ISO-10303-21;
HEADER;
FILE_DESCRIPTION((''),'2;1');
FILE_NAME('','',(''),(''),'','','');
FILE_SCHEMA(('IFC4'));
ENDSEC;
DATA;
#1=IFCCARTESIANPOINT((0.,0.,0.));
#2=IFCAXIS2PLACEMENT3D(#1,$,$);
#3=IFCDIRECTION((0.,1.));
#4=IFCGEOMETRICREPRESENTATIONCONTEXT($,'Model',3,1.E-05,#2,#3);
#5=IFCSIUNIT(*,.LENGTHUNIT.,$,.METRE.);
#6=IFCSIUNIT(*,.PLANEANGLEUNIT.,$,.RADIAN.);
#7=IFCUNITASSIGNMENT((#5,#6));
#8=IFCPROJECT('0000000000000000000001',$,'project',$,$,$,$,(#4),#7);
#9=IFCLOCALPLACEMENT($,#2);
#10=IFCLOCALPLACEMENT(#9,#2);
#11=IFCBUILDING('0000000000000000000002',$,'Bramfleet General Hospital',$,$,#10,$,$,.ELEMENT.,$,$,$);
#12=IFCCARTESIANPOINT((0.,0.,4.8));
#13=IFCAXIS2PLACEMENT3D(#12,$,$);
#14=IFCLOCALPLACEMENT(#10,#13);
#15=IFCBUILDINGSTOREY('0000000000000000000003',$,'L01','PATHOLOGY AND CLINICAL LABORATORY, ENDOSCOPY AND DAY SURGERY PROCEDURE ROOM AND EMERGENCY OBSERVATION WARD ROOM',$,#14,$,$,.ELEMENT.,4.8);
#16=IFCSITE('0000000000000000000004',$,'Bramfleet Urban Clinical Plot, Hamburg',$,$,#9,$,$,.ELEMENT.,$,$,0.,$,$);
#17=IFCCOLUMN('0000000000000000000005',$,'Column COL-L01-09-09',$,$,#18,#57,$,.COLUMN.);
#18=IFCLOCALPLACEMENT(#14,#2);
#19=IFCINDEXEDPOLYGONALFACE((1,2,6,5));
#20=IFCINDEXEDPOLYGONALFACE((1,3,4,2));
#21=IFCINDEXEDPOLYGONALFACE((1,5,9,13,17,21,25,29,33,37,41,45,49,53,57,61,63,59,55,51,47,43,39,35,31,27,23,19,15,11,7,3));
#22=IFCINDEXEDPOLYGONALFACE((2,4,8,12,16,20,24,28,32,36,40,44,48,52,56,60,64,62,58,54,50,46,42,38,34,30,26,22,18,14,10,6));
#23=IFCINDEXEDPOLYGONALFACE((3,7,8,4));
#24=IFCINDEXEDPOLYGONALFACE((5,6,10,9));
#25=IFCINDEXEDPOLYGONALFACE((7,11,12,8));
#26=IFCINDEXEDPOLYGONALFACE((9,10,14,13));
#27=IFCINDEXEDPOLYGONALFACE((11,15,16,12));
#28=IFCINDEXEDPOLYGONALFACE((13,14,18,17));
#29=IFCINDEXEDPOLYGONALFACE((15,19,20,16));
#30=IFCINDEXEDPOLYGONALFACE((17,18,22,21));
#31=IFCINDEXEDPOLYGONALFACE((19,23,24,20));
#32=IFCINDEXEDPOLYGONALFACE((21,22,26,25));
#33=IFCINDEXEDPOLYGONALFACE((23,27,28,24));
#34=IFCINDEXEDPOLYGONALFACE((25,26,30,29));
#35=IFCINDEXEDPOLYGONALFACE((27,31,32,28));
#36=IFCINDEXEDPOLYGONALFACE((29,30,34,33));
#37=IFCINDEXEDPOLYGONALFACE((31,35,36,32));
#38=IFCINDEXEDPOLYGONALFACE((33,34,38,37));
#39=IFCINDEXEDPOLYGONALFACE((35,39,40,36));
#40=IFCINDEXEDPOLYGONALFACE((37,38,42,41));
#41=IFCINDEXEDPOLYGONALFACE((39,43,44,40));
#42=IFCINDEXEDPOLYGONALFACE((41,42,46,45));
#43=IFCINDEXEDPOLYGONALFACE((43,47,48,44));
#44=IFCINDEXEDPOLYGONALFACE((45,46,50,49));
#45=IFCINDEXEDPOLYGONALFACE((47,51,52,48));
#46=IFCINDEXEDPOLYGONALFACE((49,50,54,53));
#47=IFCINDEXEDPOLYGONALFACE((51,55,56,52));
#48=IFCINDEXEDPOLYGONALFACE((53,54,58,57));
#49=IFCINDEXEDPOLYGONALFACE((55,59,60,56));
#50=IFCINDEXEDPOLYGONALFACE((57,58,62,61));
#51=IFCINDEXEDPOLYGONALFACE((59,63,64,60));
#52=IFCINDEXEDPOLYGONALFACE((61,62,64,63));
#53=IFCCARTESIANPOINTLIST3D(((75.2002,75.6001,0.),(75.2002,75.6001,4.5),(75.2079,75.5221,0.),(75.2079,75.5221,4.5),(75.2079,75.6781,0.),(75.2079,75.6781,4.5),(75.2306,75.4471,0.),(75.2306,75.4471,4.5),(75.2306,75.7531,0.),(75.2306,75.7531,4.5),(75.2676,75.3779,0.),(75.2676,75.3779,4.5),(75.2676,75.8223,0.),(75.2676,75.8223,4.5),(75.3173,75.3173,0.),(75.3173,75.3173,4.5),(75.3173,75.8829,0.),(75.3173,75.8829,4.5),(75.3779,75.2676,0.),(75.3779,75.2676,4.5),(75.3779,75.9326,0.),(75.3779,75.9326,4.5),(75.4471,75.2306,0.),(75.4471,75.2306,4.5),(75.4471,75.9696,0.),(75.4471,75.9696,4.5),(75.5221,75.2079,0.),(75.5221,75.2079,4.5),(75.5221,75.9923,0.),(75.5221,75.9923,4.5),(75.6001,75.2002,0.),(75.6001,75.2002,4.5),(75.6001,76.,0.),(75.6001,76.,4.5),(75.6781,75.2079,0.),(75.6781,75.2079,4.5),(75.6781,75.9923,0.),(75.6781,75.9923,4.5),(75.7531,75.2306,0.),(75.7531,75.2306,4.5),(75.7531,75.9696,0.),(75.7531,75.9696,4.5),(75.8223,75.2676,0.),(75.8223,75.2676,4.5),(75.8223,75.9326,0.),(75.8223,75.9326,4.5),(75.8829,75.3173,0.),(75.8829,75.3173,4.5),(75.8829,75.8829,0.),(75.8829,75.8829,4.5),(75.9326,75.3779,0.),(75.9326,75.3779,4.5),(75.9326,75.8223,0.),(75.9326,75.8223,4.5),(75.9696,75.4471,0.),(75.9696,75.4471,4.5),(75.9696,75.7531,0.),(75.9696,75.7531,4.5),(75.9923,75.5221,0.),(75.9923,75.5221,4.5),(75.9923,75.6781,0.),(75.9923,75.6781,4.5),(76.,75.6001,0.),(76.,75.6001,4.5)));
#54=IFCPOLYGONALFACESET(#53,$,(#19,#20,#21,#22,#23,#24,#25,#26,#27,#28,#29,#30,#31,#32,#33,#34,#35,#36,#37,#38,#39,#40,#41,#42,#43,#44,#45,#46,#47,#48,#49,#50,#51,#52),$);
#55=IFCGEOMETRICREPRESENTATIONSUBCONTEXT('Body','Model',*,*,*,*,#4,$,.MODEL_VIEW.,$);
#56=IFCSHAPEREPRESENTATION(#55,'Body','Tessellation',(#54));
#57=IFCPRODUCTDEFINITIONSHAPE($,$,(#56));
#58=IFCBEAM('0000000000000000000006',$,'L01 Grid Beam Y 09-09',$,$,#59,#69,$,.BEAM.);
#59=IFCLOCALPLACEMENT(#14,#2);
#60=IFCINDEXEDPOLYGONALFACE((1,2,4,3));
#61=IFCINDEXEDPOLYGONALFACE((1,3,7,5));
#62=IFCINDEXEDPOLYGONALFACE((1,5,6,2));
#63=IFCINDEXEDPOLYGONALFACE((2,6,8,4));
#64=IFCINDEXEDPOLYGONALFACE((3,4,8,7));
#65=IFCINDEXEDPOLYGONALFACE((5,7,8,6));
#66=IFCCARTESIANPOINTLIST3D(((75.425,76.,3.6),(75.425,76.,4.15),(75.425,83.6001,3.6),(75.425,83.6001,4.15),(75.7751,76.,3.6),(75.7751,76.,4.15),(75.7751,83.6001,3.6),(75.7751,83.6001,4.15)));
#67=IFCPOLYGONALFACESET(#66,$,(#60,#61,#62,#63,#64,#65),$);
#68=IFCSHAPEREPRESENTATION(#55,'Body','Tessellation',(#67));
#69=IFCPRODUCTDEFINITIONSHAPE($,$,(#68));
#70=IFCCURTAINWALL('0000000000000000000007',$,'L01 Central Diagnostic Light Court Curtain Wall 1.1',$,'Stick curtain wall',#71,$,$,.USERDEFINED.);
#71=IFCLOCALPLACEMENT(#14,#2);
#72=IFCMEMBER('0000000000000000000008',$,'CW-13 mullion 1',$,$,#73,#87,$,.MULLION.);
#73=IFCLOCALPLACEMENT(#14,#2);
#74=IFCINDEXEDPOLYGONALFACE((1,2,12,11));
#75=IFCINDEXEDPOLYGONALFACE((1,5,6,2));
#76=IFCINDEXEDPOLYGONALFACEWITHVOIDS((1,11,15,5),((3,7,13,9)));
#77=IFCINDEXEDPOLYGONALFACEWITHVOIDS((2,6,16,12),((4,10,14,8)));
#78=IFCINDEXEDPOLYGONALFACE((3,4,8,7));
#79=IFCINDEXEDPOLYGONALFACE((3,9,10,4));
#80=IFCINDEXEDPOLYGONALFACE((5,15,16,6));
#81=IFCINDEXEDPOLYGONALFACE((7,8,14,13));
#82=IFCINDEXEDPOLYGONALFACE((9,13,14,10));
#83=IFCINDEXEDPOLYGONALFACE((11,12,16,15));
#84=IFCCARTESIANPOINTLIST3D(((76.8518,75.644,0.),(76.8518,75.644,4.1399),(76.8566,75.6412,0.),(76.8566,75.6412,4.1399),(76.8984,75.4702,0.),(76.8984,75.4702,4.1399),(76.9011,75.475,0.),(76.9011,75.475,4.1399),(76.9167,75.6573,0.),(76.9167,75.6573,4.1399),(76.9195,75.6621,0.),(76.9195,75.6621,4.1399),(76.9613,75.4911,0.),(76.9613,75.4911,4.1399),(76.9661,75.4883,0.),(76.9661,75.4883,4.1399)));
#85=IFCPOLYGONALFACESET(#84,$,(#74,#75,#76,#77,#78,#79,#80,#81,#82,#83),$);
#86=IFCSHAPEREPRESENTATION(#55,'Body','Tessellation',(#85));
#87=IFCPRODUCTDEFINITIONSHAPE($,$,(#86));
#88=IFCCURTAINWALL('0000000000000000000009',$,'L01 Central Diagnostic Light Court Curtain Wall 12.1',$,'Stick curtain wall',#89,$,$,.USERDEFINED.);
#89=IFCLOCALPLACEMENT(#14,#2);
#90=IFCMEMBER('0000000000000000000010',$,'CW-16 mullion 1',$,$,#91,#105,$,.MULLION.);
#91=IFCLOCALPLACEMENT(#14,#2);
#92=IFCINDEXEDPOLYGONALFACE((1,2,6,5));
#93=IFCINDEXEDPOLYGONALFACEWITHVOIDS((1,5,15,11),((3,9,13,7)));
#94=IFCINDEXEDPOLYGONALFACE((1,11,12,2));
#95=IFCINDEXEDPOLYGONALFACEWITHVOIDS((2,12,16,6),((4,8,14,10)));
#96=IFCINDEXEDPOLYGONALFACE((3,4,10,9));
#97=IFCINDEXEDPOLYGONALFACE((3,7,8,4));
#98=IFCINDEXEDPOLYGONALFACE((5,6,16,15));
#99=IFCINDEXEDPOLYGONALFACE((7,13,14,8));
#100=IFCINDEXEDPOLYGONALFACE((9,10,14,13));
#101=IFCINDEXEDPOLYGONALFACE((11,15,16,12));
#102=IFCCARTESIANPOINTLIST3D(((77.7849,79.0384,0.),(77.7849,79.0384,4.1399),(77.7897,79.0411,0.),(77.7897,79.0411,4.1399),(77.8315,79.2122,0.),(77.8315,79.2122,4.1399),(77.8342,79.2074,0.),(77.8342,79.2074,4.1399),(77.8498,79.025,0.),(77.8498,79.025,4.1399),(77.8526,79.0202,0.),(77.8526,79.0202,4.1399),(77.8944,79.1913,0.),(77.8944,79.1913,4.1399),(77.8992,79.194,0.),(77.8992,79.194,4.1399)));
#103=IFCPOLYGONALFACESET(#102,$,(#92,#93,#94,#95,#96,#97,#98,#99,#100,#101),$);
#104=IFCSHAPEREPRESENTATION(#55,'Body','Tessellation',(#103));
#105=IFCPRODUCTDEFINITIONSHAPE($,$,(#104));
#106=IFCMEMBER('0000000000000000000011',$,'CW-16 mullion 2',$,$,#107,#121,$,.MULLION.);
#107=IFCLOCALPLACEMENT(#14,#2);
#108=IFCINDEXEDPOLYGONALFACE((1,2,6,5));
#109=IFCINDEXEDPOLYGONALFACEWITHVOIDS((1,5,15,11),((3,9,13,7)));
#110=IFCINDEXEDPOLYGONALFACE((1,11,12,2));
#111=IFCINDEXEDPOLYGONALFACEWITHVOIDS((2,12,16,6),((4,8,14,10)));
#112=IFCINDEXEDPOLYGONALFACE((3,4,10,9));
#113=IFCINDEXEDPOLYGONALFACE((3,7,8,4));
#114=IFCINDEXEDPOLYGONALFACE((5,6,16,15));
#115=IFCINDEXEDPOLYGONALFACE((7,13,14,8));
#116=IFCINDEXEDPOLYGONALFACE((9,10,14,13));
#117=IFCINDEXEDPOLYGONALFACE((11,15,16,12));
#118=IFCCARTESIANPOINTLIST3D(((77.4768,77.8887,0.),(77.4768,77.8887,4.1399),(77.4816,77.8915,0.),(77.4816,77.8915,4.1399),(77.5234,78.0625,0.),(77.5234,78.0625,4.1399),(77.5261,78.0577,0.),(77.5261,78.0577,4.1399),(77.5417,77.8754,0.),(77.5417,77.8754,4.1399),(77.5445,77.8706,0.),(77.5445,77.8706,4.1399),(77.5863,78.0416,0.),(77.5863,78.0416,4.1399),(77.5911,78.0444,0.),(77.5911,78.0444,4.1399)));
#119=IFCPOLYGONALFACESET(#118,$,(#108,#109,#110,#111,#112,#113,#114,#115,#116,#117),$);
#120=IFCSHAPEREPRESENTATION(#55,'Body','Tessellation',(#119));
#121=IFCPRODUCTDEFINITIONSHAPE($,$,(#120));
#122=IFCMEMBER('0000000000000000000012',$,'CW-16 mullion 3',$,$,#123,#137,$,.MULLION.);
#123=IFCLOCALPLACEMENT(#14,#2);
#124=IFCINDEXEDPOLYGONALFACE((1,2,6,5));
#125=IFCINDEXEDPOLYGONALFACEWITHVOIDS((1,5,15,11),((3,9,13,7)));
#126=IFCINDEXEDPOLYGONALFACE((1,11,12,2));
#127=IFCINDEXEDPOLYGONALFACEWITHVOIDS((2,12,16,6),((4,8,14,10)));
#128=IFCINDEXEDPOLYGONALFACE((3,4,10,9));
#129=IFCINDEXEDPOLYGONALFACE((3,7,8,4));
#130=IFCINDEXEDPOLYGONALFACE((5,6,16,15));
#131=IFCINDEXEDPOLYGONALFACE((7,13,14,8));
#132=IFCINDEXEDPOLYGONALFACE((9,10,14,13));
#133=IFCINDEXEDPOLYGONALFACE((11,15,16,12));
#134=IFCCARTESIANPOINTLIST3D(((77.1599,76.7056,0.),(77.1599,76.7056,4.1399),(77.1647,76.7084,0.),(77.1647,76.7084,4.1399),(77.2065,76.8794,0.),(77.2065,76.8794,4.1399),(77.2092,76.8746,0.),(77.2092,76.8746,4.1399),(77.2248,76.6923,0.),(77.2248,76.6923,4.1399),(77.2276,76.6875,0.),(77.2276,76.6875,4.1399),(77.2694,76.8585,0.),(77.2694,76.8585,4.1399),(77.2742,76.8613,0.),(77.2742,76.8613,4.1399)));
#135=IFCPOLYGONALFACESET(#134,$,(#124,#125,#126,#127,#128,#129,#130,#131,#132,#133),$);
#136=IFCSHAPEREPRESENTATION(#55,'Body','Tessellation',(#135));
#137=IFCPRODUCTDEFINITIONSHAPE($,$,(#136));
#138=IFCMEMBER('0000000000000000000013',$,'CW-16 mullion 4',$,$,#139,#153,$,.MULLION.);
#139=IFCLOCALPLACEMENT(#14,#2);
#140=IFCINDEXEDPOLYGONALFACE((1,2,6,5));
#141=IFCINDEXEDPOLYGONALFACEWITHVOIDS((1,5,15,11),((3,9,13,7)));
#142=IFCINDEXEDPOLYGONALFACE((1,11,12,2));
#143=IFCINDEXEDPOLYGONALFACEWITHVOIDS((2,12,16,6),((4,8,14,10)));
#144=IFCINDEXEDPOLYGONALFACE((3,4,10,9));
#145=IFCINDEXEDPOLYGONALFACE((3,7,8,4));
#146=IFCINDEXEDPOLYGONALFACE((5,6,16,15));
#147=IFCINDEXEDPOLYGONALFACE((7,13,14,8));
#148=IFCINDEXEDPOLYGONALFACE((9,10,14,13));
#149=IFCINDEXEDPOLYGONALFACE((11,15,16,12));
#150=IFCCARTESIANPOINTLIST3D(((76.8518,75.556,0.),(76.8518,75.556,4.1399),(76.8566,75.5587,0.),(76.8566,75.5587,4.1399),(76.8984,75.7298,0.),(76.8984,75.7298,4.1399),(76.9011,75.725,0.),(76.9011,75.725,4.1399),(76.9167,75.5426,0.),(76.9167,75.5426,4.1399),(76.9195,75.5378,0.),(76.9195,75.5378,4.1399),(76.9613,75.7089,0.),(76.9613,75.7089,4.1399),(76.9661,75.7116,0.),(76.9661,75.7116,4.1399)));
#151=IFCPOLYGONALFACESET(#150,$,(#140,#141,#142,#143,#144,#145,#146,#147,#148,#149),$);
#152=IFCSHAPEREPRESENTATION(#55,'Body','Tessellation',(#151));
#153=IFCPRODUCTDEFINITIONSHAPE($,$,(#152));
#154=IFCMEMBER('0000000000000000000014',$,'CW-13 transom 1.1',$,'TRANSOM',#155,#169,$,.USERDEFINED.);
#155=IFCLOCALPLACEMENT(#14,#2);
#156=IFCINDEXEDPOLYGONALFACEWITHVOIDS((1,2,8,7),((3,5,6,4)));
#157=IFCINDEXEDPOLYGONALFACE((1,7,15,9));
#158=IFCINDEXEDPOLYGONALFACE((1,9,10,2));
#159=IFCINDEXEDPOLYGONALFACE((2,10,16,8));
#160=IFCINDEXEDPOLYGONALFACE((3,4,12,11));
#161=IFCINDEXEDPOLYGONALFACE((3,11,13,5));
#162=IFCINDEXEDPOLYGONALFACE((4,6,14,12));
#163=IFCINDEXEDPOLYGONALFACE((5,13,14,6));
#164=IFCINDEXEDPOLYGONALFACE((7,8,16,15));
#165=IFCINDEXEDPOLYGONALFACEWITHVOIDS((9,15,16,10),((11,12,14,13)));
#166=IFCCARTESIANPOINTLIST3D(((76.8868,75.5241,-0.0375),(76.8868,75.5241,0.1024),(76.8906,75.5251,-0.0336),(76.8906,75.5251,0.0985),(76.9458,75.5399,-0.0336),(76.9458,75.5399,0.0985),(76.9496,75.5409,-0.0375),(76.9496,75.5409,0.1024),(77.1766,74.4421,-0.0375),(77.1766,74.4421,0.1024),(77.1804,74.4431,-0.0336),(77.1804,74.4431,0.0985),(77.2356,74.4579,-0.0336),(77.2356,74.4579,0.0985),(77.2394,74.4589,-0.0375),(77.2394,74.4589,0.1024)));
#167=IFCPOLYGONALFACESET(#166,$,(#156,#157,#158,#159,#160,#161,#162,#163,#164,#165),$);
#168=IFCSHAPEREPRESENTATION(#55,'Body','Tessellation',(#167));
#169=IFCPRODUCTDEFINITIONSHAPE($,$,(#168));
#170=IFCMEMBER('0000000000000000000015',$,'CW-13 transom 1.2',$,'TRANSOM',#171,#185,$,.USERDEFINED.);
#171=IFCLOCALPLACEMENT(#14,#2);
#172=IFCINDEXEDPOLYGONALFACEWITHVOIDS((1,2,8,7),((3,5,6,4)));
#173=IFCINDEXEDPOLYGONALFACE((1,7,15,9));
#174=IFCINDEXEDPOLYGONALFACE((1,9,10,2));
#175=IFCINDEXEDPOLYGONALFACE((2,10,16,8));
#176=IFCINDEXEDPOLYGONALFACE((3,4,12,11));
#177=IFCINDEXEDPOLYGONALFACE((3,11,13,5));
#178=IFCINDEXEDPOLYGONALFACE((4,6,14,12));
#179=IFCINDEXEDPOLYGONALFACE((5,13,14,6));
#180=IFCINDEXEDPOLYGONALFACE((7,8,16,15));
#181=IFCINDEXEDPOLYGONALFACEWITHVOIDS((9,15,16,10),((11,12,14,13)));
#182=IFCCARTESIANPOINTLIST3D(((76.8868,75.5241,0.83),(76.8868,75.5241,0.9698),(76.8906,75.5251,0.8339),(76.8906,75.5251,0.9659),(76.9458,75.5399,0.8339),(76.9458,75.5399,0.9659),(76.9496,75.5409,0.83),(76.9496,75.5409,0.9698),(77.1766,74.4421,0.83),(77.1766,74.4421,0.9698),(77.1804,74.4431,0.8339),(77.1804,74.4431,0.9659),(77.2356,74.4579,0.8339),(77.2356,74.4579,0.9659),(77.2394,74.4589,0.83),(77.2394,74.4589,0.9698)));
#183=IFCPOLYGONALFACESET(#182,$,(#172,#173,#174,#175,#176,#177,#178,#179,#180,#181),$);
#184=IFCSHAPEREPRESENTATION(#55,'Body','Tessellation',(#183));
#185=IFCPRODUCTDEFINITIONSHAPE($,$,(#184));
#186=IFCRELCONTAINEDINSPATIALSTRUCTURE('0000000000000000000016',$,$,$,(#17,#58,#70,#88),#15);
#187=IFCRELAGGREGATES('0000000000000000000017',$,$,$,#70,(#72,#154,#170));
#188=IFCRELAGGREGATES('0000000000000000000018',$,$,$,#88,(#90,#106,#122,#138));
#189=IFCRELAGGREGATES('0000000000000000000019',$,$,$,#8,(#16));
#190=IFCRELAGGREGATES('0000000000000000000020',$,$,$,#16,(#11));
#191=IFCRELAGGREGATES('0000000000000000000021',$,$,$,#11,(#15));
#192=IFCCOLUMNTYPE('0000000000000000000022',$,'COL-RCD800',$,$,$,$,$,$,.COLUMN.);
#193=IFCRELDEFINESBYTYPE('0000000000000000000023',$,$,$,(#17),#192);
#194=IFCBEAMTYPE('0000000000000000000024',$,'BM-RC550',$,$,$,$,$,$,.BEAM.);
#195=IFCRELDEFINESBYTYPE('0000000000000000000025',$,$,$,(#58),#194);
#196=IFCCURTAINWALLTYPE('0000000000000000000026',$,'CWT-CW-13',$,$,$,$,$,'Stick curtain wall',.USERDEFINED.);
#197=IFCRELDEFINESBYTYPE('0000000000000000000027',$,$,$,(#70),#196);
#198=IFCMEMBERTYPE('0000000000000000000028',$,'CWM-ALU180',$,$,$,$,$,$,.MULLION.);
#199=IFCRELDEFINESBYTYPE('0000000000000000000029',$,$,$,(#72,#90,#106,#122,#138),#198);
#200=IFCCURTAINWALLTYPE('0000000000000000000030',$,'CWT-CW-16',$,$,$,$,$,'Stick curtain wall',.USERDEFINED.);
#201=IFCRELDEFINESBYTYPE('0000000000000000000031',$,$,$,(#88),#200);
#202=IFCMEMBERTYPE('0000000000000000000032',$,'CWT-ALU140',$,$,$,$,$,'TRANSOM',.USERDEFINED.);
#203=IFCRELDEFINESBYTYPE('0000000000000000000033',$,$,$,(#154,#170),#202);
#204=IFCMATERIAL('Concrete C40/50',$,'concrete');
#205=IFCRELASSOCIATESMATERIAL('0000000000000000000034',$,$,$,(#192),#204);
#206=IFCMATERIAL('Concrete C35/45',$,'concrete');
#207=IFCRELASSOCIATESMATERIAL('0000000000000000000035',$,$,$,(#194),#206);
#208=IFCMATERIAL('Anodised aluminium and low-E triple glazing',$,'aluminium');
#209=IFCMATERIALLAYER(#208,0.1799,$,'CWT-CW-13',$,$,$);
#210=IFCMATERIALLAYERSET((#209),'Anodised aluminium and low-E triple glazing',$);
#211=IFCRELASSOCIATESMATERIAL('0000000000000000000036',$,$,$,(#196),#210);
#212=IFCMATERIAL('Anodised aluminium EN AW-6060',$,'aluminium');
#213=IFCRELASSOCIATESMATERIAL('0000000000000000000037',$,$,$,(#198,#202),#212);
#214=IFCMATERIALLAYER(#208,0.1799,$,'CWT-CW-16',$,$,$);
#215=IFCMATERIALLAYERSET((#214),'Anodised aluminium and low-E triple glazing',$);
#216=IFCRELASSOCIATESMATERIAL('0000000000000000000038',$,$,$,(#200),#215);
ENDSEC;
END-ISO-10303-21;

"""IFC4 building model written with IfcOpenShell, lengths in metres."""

from ifc_helpers import new_model, si_unit, direction, frame, origin, origin_2d, place, context, subcontext, project, spatial, rectangle, hollow_rectangle, circle, extrude, material, layer, layer_set, material_profile, profile_set, type_object, element, aggregate, save


model = new_model("IFC4")

# Units and contexts
model_context = context("Model", 3, precision=1e-05, world=origin(), true_north=direction((0.0, 1.0)))
body_context = subcontext(model_context, "Body", "Model", "MODEL_VIEW")
ifc_project = project(units=[si_unit("LENGTHUNIT", "METRE"), si_unit("PLANEANGLEUNIT", "RADIAN")], contexts=[model_context])

# Site, building, storey
site_placement = place(None, origin())
site = spatial("IfcSite", under=ifc_project, at=site_placement, Name="Bramfleet Urban Clinical Plot, Hamburg", CompositionType="ELEMENT", RefElevation=0.0)
building_placement = place(site_placement, origin())
building = spatial("IfcBuilding", under=site, at=building_placement, Name="Bramfleet General Hospital", CompositionType="ELEMENT")
storey_placement = place(building_placement, frame((0.0, 0.0, 4.8)))
storey = spatial("IfcBuildingStorey", under=building, at=storey_placement, Name="L01", Description="PATHOLOGY AND CLINICAL LABORATORY, ENDOSCOPY AND DAY SURGERY PROCEDURE ROOM AND EMERGENCY OBSERVATION WARD ROOM", CompositionType="ELEMENT", Elevation=4.8)

# Column
ifc_material_1 = material(Name="Concrete C40/50", Category="concrete")
ifc_material_profile_1 = material_profile(ifc_material_1, circle(Radius=0.3999, at=origin_2d()), Name="RC ROUND D800")
ifc_profile_set_1 = profile_set([ifc_material_profile_1], Name="Concrete C40/50")
column_type = type_object("IfcColumnType", Name="COL-RCD800", PredefinedType="COLUMN", material=ifc_profile_set_1)
column_placement = place(storey_placement, frame((75.6001, 75.6001, 0.0), z_axis=(0.0, 0.0, 1.0), x_axis=(1.0, 0.0, 0.0)))
element("IfcColumn", 1, at=column_placement, inside=storey, type_object=column_type, Name="Column COL-L01-09-09", PredefinedType="COLUMN", context=body_context, shape_type="SweptSolid", body=[
    extrude(circle(Radius=0.3999, at=origin_2d()), origin(), (0.0, 0.0, 1.0), 4.5),
])

# Beam
ifc_material_2 = material(Name="Concrete C35/45", Category="concrete")
ifc_material_profile_2 = material_profile(ifc_material_2, rectangle(XDim=0.3501, YDim=0.55, at=origin_2d()), Name="RC BM 550x350")
ifc_profile_set_2 = profile_set([ifc_material_profile_2], Name="Concrete C35/45")
beam_type = type_object("IfcBeamType", Name="BM-RC550", PredefinedType="BEAM", material=ifc_profile_set_2)
beam_placement = place(storey_placement, frame((75.6001, 76.0, 3.875), z_axis=(0.0, 1.0, 0.0), x_axis=(-1.0, 0.0, 0.0)))
element("IfcBeam", 2, at=beam_placement, inside=storey, type_object=beam_type, Name="L01 Grid Beam Y 09-09", PredefinedType="BEAM", context=body_context, shape_type="SweptSolid", body=[
    extrude(rectangle(XDim=0.3501, YDim=0.55, at=origin_2d()), origin(), (0.0, 0.0, 1.0), 7.6001),
])

# Curtain wall, member
ifc_material_3 = material(Name="Anodised aluminium and low-E triple glazing", Category="aluminium")
ifc_layer_1 = layer(ifc_material_3, 0.1799, Name="CWT-CW-13")
ifc_layer_set_1 = layer_set([ifc_layer_1], Name="Anodised aluminium and low-E triple glazing")
curtain_wall_type_1 = type_object("IfcCurtainWallType", Name="CWT-CW-13", ElementType="Stick curtain wall", PredefinedType="USERDEFINED", material=ifc_layer_set_1)
curtain_wall_1_placement = place(storey_placement, origin())
curtain_wall_1 = element("IfcCurtainWall", 3, at=curtain_wall_1_placement, inside=storey, type_object=curtain_wall_type_1, Name="L01 Central Diagnostic Light Court Curtain Wall 1.1", ObjectType="Stick curtain wall", PredefinedType="USERDEFINED")
ifc_material_4 = material(Name="Anodised aluminium EN AW-6060", Category="aluminium")
ifc_material_profile_3 = material_profile(ifc_material_4, hollow_rectangle(XDim=0.0701, YDim=0.1799, WallThickness=0.0039, at=origin_2d()), Name="ALU 180x70x4.0")
ifc_profile_set_3 = profile_set([ifc_material_profile_3], Name="Anodised aluminium EN AW-6060")
member_type_1 = type_object("IfcMemberType", Name="CWM-ALU180", PredefinedType="MULLION", material=ifc_profile_set_3)
member_1_placement = place(storey_placement, frame((76.9089, 75.5662, 0.0), z_axis=(0.0, 0.0, 1.0), x_axis=(0.965941, 0.258763, 0.0)))
member_1 = element("IfcMember", 4, at=member_1_placement, type_object=member_type_1, Name="CW-13 mullion 1", PredefinedType="MULLION", context=body_context, shape_type="SweptSolid", body=[
    extrude(hollow_rectangle(XDim=0.0701, YDim=0.1799, WallThickness=0.0039, at=origin_2d()), origin(), (0.0, 0.0, 1.0), 4.1399),
])

# Curtain wall, members
ifc_layer_2 = layer(ifc_material_3, 0.1799, Name="CWT-CW-16")
ifc_layer_set_2 = layer_set([ifc_layer_2], Name="Anodised aluminium and low-E triple glazing")
curtain_wall_type_2 = type_object("IfcCurtainWallType", Name="CWT-CW-16", ElementType="Stick curtain wall", PredefinedType="USERDEFINED", material=ifc_layer_set_2)
curtain_wall_2_placement = place(storey_placement, origin())
curtain_wall_2 = element("IfcCurtainWall", 5, at=curtain_wall_2_placement, inside=storey, type_object=curtain_wall_type_2, Name="L01 Central Diagnostic Light Court Curtain Wall 12.1", ObjectType="Stick curtain wall", PredefinedType="USERDEFINED")
member_2_placement = place(storey_placement, frame((77.842, 79.1162, 0.0), z_axis=(0.0, 0.0, 1.0), x_axis=(0.965941, -0.258763, 0.0)))
member_2 = element("IfcMember", 6, at=member_2_placement, type_object=member_type_1, Name="CW-16 mullion 1", PredefinedType="MULLION", context=body_context, shape_type="SweptSolid", body=[
    extrude(hollow_rectangle(XDim=0.0701, YDim=0.1799, WallThickness=0.0039, at=origin_2d()), origin(), (0.0, 0.0, 1.0), 4.1399),
])
member_3_placement = place(storey_placement, frame((77.5339, 77.9666, 0.0), z_axis=(0.0, 0.0, 1.0), x_axis=(0.965941, -0.258763, 0.0)))
member_3 = element("IfcMember", 7, at=member_3_placement, type_object=member_type_1, Name="CW-16 mullion 2", PredefinedType="MULLION", context=body_context, shape_type="SweptSolid", body=[
    extrude(hollow_rectangle(XDim=0.0701, YDim=0.1799, WallThickness=0.0039, at=origin_2d()), origin(), (0.0, 0.0, 1.0), 4.1399),
])
member_4_placement = place(storey_placement, frame((77.217, 76.7834, 0.0), z_axis=(0.0, 0.0, 1.0), x_axis=(0.965941, -0.258763, 0.0)))
member_4 = element("IfcMember", 8, at=member_4_placement, type_object=member_type_1, Name="CW-16 mullion 3", PredefinedType="MULLION", context=body_context, shape_type="SweptSolid", body=[
    extrude(hollow_rectangle(XDim=0.0701, YDim=0.1799, WallThickness=0.0039, at=origin_2d()), origin(), (0.0, 0.0, 1.0), 4.1399),
])
member_5_placement = place(storey_placement, frame((76.9089, 75.6338, 0.0), z_axis=(0.0, 0.0, 1.0), x_axis=(0.965941, -0.258763, 0.0)))
member_5 = element("IfcMember", 9, at=member_5_placement, type_object=member_type_1, Name="CW-16 mullion 4", PredefinedType="MULLION", context=body_context, shape_type="SweptSolid", body=[
    extrude(hollow_rectangle(XDim=0.0701, YDim=0.1799, WallThickness=0.0039, at=origin_2d()), origin(), (0.0, 0.0, 1.0), 4.1399),
])

# Members
ifc_material_profile_4 = material_profile(ifc_material_4, hollow_rectangle(XDim=0.0649, YDim=0.1399, WallThickness=0.0039, at=origin_2d()), Name="ALU 140x65x4.0")
ifc_profile_set_4 = profile_set([ifc_material_profile_4], Name="Anodised aluminium EN AW-6060")
member_type_2 = type_object("IfcMemberType", Name="CWT-ALU140", ElementType="TRANSOM", PredefinedType="USERDEFINED", material=ifc_profile_set_4)
member_6_placement = place(storey_placement, frame((76.9182, 75.5325, 0.0325), z_axis=(0.258707, -0.965956, 0.0), x_axis=(0.965956, 0.258707, 0.0)))
member_6 = element("IfcMember", 10, at=member_6_placement, type_object=member_type_2, Name="CW-13 transom 1.1", ObjectType="TRANSOM", PredefinedType="USERDEFINED", context=body_context, shape_type="SweptSolid", body=[
    extrude(hollow_rectangle(XDim=0.0649, YDim=0.1399, WallThickness=0.0039, at=origin_2d()), origin(), (0.0, 0.0, 1.0), 1.1201),
])
member_7_placement = place(storey_placement, frame((76.9182, 75.5325, 0.8999), z_axis=(0.258707, -0.965956, 0.0), x_axis=(0.965956, 0.258707, 0.0)))
member_7 = element("IfcMember", 11, at=member_7_placement, type_object=member_type_2, Name="CW-13 transom 1.2", ObjectType="TRANSOM", PredefinedType="USERDEFINED", context=body_context, shape_type="SweptSolid", body=[
    extrude(hollow_rectangle(XDim=0.0649, YDim=0.1399, WallThickness=0.0039, at=origin_2d()), origin(), (0.0, 0.0, 1.0), 1.1201),
])

aggregate(curtain_wall_1, [member_1, member_6, member_7])
aggregate(curtain_wall_2, [member_2, member_3, member_4, member_5])

save(model, "model.ifc")
